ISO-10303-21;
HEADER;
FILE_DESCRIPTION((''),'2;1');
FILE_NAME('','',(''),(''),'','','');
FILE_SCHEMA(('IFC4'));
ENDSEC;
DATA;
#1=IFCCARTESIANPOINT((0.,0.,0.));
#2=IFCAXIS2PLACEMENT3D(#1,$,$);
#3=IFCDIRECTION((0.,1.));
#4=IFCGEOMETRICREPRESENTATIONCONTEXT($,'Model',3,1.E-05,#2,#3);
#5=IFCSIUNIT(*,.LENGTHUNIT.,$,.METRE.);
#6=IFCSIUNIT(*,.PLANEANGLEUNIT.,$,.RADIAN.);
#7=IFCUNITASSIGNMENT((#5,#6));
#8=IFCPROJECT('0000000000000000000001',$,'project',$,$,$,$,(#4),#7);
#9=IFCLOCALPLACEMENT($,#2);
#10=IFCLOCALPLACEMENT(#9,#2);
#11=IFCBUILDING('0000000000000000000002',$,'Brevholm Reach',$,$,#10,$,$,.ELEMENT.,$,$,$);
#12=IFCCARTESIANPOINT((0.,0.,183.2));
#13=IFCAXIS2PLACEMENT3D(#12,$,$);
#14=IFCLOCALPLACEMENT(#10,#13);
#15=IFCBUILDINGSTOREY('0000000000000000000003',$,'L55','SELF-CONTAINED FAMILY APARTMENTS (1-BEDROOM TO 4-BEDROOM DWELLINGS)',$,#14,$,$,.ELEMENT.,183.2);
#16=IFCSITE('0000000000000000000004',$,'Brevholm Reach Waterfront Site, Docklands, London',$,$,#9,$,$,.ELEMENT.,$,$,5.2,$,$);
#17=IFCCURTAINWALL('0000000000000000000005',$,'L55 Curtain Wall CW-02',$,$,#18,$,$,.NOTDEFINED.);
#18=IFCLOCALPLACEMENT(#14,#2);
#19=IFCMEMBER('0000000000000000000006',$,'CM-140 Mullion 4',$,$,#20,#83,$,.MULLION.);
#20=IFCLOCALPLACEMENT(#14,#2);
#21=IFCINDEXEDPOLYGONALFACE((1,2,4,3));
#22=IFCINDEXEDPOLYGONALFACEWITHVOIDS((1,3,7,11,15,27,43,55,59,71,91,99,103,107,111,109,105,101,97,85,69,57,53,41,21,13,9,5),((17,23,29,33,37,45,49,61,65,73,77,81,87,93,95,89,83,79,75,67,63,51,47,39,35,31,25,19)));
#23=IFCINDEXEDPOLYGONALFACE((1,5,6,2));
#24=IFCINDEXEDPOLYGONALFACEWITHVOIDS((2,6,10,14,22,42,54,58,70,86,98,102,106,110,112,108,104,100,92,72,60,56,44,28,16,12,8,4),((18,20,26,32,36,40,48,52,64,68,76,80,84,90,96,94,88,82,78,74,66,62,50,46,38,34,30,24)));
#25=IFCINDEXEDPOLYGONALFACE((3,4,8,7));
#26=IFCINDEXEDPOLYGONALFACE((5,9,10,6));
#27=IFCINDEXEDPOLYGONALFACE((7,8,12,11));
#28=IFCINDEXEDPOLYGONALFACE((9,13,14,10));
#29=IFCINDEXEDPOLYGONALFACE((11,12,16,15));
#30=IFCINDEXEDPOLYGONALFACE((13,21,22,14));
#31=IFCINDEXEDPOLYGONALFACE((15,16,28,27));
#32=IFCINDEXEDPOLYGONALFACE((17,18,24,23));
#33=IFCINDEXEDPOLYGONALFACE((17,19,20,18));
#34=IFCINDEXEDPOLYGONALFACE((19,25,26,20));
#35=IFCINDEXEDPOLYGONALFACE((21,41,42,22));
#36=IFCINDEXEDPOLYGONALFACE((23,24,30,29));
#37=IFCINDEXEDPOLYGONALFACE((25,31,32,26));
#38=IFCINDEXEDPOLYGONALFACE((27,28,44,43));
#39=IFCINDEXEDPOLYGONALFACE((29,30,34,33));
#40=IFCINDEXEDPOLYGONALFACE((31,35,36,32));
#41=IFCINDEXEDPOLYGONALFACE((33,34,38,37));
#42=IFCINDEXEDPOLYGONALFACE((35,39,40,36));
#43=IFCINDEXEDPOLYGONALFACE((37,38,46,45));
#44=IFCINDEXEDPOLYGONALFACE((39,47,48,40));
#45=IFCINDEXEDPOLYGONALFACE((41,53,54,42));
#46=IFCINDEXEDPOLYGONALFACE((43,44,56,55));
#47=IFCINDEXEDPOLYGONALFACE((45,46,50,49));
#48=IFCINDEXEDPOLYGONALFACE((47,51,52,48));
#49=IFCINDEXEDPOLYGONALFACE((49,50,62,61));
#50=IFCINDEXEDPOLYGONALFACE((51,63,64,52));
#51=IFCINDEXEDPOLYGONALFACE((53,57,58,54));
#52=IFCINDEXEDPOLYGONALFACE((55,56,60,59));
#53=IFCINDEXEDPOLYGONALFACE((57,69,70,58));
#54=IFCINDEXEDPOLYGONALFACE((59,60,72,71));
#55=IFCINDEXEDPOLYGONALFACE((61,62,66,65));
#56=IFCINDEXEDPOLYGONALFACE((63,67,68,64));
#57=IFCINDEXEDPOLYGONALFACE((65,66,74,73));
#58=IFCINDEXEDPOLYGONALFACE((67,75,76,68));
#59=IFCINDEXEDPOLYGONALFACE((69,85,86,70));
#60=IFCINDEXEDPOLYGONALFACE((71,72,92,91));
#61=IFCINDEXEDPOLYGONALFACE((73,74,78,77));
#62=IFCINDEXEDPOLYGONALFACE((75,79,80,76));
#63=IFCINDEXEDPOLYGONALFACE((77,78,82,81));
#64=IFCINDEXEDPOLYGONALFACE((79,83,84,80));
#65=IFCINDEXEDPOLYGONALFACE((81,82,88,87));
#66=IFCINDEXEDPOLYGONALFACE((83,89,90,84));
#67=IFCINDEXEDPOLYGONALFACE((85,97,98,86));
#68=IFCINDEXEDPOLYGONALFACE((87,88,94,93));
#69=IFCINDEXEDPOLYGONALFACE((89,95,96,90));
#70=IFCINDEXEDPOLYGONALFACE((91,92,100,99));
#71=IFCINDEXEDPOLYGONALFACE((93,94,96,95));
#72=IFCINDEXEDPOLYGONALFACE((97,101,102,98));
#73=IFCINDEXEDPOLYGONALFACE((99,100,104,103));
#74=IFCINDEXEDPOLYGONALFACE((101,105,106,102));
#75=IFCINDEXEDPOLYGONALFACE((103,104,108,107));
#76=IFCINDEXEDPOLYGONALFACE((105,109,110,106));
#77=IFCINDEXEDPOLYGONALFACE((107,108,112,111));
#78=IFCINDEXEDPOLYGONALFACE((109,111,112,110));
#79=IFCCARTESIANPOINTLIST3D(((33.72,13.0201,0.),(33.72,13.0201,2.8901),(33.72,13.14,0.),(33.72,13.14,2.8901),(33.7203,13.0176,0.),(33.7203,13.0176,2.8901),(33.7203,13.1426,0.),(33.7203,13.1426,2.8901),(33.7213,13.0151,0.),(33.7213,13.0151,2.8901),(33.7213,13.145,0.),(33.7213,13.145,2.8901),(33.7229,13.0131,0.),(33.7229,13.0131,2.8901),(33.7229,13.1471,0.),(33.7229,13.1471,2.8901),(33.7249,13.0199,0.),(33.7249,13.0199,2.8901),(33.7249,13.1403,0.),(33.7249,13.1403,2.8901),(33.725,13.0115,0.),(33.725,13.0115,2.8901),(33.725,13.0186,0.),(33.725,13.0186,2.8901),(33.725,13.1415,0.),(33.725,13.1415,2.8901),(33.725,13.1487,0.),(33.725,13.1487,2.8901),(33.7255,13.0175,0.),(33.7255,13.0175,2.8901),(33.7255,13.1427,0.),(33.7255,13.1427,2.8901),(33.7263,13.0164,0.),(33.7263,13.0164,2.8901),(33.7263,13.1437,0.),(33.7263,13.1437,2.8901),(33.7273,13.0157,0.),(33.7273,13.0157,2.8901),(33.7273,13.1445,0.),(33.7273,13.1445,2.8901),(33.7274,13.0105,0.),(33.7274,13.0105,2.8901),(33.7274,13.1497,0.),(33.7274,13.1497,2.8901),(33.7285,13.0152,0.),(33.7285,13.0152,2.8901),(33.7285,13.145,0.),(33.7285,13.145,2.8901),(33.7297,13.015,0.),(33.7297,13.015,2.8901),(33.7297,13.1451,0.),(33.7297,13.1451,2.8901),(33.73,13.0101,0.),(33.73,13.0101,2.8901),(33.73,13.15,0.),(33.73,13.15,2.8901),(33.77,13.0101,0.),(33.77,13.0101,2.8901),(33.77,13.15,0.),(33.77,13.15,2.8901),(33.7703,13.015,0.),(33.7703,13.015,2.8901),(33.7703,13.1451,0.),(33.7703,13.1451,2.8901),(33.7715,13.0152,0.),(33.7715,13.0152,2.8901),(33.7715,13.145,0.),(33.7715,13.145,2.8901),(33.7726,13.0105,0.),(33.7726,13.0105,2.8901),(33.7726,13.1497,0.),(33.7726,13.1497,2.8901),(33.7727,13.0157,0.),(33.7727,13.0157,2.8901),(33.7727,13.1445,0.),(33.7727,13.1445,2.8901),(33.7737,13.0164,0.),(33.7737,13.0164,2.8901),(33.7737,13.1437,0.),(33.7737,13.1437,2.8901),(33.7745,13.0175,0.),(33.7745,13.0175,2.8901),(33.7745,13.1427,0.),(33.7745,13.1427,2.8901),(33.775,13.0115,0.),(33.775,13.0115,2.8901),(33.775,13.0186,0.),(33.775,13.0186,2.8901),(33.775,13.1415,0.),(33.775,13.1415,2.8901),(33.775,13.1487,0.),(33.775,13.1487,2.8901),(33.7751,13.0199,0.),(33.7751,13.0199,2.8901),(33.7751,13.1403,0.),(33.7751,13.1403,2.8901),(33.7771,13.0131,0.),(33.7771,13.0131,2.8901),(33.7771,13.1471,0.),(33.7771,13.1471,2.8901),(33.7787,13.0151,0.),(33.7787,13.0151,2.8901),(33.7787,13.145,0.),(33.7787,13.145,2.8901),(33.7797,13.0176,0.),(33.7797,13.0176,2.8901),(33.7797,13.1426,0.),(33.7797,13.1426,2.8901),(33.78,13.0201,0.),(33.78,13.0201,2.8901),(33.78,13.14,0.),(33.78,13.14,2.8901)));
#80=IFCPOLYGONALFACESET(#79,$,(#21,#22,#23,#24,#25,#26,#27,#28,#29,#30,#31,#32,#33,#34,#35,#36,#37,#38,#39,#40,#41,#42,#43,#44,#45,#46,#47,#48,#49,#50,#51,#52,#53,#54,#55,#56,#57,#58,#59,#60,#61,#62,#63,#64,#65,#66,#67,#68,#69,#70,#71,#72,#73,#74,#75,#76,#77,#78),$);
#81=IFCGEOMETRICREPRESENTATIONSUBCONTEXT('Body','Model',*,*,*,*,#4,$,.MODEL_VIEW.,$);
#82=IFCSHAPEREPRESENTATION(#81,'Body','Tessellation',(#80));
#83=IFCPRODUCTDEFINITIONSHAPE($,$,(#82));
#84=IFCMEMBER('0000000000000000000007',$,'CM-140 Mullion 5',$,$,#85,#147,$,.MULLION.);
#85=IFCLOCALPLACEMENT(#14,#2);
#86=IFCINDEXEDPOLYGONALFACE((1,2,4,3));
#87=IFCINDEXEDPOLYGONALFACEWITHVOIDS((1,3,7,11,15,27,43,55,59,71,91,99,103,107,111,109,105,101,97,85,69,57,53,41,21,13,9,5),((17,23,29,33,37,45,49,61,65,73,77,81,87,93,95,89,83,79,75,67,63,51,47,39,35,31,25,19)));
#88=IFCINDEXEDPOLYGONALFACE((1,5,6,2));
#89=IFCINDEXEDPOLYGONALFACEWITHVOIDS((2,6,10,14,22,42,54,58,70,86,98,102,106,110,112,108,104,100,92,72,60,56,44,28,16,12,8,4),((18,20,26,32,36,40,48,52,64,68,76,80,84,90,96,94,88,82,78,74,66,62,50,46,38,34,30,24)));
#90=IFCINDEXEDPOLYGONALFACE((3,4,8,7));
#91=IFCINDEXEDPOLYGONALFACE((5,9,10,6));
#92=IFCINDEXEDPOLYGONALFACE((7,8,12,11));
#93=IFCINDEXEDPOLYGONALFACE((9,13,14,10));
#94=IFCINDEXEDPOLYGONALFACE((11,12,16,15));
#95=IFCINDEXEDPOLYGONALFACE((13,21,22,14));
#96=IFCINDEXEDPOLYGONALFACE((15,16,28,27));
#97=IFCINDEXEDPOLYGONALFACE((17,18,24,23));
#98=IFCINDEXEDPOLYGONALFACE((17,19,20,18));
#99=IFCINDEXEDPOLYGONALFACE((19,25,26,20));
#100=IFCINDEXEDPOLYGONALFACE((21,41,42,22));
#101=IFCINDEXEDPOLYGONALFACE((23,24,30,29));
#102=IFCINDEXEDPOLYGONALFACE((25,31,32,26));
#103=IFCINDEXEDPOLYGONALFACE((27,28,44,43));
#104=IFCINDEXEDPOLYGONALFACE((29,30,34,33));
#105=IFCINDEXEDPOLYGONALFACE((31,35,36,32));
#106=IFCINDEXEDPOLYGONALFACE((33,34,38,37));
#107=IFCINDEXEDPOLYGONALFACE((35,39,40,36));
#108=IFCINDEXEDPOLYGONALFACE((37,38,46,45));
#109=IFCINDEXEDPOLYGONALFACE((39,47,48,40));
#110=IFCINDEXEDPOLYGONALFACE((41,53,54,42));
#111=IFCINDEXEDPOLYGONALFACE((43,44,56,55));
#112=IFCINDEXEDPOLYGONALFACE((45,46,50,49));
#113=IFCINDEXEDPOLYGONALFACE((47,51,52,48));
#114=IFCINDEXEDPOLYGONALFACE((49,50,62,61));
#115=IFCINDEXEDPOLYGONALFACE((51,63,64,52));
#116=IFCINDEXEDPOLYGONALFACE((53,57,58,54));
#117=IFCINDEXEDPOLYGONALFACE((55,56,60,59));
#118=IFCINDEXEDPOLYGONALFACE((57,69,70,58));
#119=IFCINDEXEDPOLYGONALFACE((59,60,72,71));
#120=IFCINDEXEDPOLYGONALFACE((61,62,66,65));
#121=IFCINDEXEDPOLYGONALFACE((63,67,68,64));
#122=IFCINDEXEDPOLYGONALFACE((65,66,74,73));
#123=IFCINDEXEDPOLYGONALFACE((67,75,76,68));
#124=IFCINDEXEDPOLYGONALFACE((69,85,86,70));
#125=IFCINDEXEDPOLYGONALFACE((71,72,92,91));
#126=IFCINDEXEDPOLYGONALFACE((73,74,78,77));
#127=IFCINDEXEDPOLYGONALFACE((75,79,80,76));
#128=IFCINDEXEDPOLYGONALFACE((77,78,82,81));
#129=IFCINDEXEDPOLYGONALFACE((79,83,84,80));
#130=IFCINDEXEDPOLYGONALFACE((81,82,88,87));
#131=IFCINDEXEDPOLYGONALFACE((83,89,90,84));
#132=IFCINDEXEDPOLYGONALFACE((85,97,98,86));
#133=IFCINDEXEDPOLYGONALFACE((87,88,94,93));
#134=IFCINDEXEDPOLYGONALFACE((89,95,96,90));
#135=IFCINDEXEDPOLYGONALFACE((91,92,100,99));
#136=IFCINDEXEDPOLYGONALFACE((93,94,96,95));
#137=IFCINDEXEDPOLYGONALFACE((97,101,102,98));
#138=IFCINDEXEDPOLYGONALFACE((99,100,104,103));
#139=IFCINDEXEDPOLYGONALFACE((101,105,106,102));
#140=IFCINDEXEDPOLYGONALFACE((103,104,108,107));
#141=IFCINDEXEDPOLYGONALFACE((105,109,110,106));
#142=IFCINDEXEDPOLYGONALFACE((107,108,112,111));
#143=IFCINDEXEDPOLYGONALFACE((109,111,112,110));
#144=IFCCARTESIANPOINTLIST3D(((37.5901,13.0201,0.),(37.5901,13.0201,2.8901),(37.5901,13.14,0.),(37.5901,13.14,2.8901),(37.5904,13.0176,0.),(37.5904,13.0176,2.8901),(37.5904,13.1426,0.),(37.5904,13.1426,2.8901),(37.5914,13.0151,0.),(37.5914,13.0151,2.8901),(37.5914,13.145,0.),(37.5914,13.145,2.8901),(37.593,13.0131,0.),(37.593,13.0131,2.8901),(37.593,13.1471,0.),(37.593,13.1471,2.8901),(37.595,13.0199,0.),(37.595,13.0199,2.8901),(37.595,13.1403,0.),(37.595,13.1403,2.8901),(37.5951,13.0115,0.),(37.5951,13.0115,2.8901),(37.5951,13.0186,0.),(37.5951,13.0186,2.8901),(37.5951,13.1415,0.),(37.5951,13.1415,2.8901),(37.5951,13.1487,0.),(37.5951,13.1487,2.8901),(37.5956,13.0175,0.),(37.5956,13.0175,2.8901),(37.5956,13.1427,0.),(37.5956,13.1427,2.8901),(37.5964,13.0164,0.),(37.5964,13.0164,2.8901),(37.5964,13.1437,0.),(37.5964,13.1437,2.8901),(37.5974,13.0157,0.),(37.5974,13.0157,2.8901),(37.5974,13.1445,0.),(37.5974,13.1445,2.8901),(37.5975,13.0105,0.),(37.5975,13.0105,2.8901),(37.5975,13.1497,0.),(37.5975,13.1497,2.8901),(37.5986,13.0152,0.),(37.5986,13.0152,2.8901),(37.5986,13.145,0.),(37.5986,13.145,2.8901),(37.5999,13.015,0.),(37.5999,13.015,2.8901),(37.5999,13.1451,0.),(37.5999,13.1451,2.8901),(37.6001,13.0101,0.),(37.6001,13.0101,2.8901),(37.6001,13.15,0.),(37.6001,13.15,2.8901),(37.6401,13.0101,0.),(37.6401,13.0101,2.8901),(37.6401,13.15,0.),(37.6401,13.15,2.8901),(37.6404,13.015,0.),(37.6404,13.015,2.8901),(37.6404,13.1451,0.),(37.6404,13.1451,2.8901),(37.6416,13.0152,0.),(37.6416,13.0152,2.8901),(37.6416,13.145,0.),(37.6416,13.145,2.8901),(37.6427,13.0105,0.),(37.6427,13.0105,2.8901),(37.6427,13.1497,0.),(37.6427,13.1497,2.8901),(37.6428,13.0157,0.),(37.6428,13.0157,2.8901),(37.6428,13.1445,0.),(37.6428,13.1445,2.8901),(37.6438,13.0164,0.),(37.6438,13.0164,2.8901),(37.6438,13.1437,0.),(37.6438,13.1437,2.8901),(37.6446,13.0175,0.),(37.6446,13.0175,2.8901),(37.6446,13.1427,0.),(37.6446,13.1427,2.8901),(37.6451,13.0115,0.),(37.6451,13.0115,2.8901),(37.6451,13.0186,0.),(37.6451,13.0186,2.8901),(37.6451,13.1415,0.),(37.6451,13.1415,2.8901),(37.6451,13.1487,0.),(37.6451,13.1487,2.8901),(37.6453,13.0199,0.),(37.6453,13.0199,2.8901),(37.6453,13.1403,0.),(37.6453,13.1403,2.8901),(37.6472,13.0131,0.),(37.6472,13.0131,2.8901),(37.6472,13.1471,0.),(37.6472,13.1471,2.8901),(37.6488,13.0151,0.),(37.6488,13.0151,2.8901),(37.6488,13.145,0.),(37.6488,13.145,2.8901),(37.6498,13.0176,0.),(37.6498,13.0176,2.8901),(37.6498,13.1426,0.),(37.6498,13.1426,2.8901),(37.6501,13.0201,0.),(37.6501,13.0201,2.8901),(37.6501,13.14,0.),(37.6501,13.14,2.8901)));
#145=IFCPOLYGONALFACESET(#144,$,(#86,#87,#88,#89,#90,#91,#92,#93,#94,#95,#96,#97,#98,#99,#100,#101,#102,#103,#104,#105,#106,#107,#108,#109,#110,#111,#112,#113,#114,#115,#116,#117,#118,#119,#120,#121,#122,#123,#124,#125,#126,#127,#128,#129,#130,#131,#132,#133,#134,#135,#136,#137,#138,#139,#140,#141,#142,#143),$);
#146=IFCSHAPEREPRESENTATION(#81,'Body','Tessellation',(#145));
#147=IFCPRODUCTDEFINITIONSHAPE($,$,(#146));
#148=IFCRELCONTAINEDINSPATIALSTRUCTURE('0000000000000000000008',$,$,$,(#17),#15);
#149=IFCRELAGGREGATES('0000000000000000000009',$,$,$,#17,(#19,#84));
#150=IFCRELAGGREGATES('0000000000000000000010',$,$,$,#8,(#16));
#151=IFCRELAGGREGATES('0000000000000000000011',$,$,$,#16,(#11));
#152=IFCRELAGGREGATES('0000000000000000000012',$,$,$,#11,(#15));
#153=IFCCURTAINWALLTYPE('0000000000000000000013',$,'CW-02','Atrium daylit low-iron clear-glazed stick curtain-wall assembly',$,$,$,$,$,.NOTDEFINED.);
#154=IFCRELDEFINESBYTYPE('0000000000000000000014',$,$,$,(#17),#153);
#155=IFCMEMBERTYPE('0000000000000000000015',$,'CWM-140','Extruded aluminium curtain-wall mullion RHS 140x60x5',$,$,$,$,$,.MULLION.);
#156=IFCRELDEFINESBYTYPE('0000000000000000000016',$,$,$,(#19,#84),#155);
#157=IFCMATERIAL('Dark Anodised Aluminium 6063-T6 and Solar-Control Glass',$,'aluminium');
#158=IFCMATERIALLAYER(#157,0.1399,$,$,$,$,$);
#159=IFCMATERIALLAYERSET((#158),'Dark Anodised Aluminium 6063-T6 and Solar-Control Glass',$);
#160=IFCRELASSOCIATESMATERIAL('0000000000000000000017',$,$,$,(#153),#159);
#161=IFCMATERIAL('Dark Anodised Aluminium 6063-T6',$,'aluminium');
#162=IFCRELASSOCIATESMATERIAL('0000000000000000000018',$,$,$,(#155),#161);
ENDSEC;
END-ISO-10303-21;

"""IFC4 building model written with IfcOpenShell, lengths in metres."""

from ifc_helpers import new_model, si_unit, direction, frame, origin, origin_2d, place, context, subcontext, project, spatial, hollow_rectangle, extrude, material, layer, layer_set, material_profile, profile_set, type_object, element, aggregate, save


model = new_model("IFC4")

# Units and contexts
model_context = context("Model", 3, precision=1e-05, world=origin(), true_north=direction((0.0, 1.0)))
body_context = subcontext(model_context, "Body", "Model", "MODEL_VIEW")
ifc_project = project(units=[si_unit("LENGTHUNIT", "METRE"), si_unit("PLANEANGLEUNIT", "RADIAN")], contexts=[model_context])

# Site, building, storey
site_placement = place(None, origin())
site = spatial("IfcSite", under=ifc_project, at=site_placement, Name="Brevholm Reach Waterfront Site, Docklands, London", CompositionType="ELEMENT", RefElevation=5.2)
building_placement = place(site_placement, origin())
building = spatial("IfcBuilding", under=site, at=building_placement, Name="Brevholm Reach", CompositionType="ELEMENT")
storey_placement = place(building_placement, frame((0.0, 0.0, 183.2)))
storey = spatial("IfcBuildingStorey", under=building, at=storey_placement, Name="L55", Description="SELF-CONTAINED FAMILY APARTMENTS (1-BEDROOM TO 4-BEDROOM DWELLINGS)", CompositionType="ELEMENT", Elevation=183.2)

# Curtain wall, members
ifc_material_1 = material(Name="Dark Anodised Aluminium 6063-T6 and Solar-Control Glass", Category="aluminium")
ifc_layer_1 = layer(ifc_material_1, 0.1399)
ifc_layer_set_1 = layer_set([ifc_layer_1], Name="Dark Anodised Aluminium 6063-T6 and Solar-Control Glass")
curtain_wall_type_1 = type_object("IfcCurtainWallType", Name="CW-02", Description="Atrium daylit low-iron clear-glazed stick curtain-wall assembly", PredefinedType="NOTDEFINED", material=ifc_layer_set_1)
curtain_wall_1_placement = place(storey_placement, origin())
curtain_wall_1 = element("IfcCurtainWall", 1, at=curtain_wall_1_placement, inside=storey, type_object=curtain_wall_type_1, Name="L55 Curtain Wall CW-02", PredefinedType="NOTDEFINED")
ifc_material_2 = material(Name="Dark Anodised Aluminium 6063-T6", Category="aluminium")
ifc_material_profile_1 = material_profile(ifc_material_2, hollow_rectangle(XDim=0.0601, YDim=0.1399, WallThickness=0.0049, InnerFilletRadius=0.0049, OuterFilletRadius=0.01, at=origin_2d()), Name="RHS 140x60x5")
ifc_profile_set_1 = profile_set([ifc_material_profile_1], Name="Dark Anodised Aluminium 6063-T6")
member_type_1 = type_object("IfcMemberType", Name="CWM-140", Description="Extruded aluminium curtain-wall mullion RHS 140x60x5", PredefinedType="MULLION", material=ifc_profile_set_1)
member_1_placement = place(storey_placement, frame((33.75, 13.0801, 0.0), z_axis=(0.0, 0.0, 1.0), x_axis=(1.0, 0.0, 0.0)))
member_1 = element("IfcMember", 2, at=member_1_placement, type_object=member_type_1, Name="CM-140 Mullion 4", PredefinedType="MULLION", context=body_context, shape_type="SweptSolid", body=[
    extrude(hollow_rectangle(XDim=0.0601, YDim=0.1399, WallThickness=0.0049, InnerFilletRadius=0.0049, OuterFilletRadius=0.01, at=origin_2d()), origin(), (0.0, 0.0, 1.0), 2.8901),
])
member_2_placement = place(storey_placement, frame((37.6201, 13.0801, 0.0), z_axis=(0.0, 0.0, 1.0), x_axis=(1.0, 0.0, 0.0)))
member_2 = element("IfcMember", 3, at=member_2_placement, type_object=member_type_1, Name="CM-140 Mullion 5", PredefinedType="MULLION", context=body_context, shape_type="SweptSolid", body=[
    extrude(hollow_rectangle(XDim=0.0601, YDim=0.1399, WallThickness=0.0049, InnerFilletRadius=0.0049, OuterFilletRadius=0.01, at=origin_2d()), origin(), (0.0, 0.0, 1.0), 2.8901),
])

aggregate(curtain_wall_1, [member_1, member_2])

save(model, "model.ifc")
